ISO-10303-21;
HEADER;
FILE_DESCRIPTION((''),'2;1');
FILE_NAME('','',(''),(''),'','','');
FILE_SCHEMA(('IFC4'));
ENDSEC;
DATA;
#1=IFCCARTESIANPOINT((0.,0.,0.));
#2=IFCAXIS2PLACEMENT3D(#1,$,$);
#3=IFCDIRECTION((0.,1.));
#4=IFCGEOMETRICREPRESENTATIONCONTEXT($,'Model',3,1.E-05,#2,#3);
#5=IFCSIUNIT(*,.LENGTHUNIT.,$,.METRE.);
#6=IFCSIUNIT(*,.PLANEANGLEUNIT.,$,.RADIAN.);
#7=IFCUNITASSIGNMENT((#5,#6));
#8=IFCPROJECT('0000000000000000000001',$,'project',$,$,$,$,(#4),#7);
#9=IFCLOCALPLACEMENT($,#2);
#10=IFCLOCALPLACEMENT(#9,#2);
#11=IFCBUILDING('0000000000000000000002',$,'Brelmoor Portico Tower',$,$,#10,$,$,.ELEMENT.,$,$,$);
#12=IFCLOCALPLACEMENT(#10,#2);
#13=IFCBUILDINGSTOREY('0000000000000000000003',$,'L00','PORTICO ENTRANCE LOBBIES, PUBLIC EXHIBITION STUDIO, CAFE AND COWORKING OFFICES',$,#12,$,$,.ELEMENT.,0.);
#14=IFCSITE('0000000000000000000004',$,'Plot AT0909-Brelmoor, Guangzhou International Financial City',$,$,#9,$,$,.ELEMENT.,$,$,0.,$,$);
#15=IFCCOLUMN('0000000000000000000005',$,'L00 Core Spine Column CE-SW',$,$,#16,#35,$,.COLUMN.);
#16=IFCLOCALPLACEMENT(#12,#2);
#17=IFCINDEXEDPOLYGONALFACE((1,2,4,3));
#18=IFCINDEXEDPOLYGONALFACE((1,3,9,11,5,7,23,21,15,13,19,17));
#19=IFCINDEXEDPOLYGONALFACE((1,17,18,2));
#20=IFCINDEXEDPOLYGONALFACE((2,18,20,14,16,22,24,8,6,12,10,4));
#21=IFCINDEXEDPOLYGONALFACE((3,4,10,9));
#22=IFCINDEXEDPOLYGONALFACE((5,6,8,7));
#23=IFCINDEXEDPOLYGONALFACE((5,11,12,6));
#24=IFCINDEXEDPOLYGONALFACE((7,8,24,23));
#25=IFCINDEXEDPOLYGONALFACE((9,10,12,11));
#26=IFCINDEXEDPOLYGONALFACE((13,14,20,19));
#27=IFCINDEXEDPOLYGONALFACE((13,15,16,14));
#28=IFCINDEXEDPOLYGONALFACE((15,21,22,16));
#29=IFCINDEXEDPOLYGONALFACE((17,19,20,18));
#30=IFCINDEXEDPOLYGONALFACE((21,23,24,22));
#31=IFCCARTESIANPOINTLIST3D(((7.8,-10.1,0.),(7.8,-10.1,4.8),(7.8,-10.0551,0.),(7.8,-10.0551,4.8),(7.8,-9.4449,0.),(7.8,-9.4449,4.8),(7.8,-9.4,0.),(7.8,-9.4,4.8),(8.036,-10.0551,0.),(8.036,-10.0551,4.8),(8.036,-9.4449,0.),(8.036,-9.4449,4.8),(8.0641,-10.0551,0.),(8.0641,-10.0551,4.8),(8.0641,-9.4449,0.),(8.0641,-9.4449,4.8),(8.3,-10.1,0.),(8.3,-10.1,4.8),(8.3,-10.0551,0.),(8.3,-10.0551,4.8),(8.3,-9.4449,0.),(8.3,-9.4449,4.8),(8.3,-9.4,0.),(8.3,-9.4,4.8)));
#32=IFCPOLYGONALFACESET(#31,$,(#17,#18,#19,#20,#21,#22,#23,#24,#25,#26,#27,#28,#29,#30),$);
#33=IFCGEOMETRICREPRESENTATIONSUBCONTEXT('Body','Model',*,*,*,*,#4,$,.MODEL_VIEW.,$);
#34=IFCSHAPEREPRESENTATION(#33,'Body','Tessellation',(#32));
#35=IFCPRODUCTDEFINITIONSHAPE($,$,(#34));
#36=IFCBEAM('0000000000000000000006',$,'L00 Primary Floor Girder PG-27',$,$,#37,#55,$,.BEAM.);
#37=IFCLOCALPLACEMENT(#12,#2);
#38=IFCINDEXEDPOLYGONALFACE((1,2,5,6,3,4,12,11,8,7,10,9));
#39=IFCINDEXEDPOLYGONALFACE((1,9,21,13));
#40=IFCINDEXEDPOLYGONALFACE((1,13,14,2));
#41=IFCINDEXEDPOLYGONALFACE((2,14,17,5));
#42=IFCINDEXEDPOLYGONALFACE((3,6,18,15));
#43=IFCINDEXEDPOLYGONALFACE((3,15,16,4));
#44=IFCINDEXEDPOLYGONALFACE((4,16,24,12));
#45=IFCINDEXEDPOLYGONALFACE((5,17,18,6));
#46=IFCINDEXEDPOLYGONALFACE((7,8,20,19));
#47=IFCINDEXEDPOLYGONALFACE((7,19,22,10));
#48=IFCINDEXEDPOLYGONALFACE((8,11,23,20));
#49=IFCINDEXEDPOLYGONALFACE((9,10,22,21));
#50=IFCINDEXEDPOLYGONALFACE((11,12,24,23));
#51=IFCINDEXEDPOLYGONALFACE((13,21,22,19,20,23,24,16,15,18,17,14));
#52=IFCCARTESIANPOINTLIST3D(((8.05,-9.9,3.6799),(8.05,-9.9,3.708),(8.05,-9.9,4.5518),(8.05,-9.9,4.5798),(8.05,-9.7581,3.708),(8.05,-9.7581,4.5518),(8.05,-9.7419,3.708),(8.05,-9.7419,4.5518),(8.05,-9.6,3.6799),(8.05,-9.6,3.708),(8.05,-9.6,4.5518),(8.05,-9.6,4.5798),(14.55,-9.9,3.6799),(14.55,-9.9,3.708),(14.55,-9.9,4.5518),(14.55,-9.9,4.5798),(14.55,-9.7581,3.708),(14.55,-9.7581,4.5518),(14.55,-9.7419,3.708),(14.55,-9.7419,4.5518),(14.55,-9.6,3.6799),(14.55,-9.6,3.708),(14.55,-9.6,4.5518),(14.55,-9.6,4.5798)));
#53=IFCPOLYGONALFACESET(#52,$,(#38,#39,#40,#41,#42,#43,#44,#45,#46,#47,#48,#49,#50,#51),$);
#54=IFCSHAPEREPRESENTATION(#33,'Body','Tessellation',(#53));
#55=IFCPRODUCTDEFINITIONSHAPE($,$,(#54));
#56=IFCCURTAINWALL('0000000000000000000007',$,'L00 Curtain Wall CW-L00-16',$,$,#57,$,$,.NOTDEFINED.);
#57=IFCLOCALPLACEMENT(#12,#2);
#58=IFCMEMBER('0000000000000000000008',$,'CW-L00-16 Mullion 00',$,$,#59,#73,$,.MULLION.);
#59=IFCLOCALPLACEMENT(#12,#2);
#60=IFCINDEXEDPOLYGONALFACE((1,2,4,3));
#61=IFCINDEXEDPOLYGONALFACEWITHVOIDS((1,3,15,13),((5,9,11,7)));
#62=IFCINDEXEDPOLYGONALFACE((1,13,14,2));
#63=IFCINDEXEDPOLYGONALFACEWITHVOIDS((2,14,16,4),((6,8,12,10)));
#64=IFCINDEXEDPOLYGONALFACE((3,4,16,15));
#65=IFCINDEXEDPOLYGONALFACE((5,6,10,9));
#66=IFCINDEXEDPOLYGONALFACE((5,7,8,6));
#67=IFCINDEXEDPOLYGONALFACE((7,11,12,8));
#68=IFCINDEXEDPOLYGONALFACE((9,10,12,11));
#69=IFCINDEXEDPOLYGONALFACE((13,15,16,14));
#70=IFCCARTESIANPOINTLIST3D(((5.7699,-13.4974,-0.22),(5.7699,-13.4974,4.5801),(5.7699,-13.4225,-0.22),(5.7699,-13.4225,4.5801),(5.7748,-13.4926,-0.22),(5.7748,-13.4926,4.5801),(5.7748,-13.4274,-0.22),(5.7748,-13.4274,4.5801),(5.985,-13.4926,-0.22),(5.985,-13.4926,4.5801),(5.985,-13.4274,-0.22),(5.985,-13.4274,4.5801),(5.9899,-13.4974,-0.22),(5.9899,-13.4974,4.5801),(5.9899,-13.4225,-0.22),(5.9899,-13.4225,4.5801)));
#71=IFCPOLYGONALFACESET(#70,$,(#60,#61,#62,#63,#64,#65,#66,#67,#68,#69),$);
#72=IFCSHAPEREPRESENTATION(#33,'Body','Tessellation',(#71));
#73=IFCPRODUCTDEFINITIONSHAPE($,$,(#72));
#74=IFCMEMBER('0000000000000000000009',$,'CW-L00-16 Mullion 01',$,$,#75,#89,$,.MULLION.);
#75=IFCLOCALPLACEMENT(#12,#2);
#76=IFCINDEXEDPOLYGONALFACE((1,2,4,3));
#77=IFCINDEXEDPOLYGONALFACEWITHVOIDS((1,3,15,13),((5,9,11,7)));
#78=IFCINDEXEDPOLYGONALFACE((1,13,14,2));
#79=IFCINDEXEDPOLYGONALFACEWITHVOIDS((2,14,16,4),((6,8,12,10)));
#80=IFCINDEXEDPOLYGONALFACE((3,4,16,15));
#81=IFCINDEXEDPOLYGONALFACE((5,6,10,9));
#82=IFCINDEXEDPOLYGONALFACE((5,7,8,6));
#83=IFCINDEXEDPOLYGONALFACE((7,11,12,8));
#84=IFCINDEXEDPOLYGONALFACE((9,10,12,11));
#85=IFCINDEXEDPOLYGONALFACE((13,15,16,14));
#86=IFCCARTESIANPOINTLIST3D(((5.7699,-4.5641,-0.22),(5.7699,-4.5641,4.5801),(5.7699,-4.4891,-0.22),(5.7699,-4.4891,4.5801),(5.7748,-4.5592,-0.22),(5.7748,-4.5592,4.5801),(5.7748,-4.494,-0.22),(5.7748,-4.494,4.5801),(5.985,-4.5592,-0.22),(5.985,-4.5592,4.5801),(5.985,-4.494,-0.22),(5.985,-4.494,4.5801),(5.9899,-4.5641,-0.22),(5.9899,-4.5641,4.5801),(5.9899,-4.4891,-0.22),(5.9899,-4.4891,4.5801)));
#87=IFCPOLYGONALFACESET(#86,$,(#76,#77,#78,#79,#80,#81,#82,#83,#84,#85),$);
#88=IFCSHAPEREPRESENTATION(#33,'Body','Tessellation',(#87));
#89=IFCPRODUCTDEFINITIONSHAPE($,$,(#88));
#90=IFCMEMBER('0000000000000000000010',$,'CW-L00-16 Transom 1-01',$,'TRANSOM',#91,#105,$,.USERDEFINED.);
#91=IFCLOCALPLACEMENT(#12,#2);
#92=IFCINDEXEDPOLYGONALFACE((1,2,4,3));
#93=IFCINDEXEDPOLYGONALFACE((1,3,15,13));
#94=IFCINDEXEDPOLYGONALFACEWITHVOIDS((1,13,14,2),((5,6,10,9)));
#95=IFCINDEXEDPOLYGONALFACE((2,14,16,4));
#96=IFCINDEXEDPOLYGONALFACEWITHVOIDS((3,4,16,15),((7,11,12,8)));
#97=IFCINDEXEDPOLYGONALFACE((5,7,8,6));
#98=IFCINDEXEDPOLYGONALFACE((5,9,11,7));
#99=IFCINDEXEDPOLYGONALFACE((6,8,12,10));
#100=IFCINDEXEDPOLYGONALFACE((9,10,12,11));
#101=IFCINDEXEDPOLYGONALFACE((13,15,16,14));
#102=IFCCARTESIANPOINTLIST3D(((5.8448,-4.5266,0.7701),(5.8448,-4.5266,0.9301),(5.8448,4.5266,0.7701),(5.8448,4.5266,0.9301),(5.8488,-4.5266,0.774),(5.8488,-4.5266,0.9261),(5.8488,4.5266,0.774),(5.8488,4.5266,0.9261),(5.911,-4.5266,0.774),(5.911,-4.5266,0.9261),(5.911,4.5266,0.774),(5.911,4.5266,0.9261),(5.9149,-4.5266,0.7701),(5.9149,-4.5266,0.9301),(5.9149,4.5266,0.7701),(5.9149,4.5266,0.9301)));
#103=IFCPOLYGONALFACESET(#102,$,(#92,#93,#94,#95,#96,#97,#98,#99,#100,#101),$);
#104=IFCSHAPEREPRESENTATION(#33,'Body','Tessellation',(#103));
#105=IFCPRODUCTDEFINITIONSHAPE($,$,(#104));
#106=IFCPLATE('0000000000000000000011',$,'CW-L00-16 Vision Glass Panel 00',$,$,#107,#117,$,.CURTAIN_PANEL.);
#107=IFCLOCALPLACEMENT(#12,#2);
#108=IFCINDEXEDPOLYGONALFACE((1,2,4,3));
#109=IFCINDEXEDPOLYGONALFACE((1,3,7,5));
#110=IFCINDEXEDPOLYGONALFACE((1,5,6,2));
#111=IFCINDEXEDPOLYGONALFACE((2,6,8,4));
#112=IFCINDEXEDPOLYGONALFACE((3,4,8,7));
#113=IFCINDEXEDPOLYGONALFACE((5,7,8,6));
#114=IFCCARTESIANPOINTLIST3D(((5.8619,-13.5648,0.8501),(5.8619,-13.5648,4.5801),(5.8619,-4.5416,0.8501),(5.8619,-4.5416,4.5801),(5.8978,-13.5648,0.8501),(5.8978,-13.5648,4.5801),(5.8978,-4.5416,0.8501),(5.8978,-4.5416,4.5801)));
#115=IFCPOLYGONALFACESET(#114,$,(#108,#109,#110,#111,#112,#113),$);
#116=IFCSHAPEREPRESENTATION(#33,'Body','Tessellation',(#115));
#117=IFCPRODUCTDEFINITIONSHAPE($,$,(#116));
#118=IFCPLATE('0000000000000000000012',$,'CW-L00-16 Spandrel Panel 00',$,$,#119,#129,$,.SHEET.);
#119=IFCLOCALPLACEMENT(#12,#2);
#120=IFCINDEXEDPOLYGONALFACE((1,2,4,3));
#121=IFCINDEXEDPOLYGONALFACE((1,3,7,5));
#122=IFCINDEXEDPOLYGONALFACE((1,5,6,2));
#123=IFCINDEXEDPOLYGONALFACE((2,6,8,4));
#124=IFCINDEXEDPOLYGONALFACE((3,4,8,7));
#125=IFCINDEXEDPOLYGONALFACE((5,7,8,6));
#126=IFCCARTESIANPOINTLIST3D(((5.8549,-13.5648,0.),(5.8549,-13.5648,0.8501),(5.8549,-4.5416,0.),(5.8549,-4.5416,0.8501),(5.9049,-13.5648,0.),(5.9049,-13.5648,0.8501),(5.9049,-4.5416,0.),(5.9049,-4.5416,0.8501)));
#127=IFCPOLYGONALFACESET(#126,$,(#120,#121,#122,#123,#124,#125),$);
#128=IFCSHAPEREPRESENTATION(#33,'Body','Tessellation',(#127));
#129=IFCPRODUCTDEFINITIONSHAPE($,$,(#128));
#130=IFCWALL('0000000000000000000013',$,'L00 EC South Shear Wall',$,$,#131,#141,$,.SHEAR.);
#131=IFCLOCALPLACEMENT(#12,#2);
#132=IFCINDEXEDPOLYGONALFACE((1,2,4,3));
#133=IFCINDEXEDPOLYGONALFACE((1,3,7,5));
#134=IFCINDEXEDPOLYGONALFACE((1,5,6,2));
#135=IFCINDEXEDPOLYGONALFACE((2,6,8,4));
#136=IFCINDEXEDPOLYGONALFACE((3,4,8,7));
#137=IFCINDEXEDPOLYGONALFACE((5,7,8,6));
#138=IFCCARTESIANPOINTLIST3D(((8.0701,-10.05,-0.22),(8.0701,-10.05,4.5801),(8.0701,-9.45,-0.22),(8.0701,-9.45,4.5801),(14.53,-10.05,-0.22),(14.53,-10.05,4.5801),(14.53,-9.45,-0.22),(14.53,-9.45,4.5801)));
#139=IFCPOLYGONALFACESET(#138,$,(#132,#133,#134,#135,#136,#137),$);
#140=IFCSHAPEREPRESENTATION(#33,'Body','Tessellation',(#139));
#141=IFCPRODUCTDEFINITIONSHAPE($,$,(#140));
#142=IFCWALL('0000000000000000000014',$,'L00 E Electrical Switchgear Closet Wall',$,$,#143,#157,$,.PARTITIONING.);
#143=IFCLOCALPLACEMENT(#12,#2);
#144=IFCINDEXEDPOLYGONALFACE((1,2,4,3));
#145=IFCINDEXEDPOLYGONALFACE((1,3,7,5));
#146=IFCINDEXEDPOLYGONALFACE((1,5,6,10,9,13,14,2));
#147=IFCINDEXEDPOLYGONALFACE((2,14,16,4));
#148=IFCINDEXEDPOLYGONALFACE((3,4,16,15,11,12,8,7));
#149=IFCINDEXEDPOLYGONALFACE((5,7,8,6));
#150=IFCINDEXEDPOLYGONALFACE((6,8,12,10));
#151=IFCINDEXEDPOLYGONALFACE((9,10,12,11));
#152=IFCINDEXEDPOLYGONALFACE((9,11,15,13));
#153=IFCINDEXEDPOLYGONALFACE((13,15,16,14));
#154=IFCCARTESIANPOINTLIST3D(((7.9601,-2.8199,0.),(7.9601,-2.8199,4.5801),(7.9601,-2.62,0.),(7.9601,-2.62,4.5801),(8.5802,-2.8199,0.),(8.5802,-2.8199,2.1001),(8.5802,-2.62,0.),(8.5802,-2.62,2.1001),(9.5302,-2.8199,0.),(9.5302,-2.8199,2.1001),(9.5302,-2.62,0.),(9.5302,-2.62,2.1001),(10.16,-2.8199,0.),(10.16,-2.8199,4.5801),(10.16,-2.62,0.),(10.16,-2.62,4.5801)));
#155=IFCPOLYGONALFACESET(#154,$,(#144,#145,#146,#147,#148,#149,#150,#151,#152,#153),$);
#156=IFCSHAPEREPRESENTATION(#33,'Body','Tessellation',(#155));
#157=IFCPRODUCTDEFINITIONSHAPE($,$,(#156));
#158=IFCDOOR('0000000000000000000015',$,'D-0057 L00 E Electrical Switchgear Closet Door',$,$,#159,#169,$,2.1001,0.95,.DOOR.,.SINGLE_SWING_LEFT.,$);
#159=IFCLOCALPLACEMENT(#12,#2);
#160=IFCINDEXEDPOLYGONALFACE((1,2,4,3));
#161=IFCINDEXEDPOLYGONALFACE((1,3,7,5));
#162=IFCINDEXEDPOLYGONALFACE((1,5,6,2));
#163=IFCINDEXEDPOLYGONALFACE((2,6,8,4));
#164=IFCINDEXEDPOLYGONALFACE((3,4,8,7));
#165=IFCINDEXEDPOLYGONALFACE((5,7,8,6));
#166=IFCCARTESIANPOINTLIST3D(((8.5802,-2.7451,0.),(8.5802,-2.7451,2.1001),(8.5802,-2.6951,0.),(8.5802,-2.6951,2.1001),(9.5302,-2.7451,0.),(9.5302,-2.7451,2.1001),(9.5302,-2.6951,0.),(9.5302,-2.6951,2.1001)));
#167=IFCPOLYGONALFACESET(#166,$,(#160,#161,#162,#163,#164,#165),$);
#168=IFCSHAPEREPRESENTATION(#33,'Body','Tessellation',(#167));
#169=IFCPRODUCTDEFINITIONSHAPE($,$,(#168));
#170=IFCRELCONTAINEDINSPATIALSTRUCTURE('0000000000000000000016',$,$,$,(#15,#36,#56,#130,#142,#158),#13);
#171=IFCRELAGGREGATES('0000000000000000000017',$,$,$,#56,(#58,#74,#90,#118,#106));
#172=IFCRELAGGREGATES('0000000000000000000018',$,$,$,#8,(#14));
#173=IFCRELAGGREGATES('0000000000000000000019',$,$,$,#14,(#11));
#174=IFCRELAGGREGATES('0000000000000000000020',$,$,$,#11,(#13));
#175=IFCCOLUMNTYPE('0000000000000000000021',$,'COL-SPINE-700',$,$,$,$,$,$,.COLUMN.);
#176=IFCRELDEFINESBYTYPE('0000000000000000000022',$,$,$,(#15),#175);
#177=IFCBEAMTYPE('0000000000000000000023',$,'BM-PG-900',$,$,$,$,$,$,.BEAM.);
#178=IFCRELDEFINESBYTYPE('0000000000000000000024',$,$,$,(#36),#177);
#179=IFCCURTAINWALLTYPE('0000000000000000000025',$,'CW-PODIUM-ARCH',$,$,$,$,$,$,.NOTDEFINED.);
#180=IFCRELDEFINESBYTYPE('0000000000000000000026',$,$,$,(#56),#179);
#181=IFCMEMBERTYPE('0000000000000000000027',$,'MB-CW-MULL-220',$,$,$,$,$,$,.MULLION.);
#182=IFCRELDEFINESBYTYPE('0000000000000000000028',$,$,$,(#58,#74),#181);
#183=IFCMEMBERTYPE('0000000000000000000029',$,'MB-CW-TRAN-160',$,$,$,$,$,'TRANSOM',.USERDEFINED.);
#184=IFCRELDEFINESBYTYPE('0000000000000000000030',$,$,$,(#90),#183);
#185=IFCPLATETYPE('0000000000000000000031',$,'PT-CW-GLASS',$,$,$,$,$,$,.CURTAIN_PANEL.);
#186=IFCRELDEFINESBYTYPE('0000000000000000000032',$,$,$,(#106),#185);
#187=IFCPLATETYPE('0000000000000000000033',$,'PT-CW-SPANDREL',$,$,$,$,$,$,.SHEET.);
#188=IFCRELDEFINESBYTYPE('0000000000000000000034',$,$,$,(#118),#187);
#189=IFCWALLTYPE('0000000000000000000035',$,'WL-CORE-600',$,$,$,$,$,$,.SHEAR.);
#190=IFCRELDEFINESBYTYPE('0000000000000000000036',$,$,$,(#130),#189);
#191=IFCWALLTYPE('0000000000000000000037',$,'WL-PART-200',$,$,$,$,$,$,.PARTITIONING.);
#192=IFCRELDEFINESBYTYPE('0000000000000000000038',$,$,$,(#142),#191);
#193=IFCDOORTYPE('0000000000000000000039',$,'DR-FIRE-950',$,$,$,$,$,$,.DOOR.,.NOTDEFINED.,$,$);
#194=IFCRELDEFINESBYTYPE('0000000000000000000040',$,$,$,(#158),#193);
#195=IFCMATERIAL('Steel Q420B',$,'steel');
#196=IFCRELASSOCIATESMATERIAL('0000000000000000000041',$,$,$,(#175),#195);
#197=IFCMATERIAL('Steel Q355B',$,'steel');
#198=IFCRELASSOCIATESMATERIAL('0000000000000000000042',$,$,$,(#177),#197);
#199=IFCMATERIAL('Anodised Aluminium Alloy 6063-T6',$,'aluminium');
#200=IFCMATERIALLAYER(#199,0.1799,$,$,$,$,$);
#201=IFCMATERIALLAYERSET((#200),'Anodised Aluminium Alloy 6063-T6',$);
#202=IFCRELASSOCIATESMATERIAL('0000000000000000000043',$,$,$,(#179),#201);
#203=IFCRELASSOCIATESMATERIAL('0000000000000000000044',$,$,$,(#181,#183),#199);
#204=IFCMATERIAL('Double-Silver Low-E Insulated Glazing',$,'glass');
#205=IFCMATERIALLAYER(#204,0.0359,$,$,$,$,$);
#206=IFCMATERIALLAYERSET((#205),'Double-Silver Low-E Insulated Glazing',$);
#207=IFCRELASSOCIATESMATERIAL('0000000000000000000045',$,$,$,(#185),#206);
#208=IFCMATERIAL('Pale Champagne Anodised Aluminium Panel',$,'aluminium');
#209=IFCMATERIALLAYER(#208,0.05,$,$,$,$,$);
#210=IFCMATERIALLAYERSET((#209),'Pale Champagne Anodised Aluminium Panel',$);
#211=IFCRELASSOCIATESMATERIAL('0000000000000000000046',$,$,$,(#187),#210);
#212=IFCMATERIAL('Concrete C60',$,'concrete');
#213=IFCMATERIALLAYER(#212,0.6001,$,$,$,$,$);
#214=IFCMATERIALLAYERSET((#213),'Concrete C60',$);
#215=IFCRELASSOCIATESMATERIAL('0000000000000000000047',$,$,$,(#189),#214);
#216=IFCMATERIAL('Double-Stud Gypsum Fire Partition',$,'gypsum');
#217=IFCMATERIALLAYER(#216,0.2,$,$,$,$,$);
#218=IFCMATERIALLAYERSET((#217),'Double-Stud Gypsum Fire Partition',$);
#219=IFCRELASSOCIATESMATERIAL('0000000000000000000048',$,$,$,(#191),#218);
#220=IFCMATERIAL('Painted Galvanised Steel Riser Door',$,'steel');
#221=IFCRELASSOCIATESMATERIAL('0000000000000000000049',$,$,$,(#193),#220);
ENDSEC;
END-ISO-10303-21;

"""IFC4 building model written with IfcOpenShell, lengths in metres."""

from ifc_helpers import new_model, si_unit, direction, frame, frame_2d, origin, origin_2d, place, context, subcontext, project, spatial, rectangle, hollow_rectangle, i_section, extrude, material, layer, layer_set, material_profile, profile_set, type_object, element, fill, aggregate, save


model = new_model("IFC4")

# Units and contexts
model_context = context("Model", 3, precision=1e-05, world=origin(), true_north=direction((0.0, 1.0)))
body_context = subcontext(model_context, "Body", "Model", "MODEL_VIEW")
ifc_project = project(units=[si_unit("LENGTHUNIT", "METRE"), si_unit("PLANEANGLEUNIT", "RADIAN")], contexts=[model_context])

# Site, building, storey
site_placement = place(None, origin())
site = spatial("IfcSite", under=ifc_project, at=site_placement, Name="Plot AT0909-Brelmoor, Guangzhou International Financial City", CompositionType="ELEMENT", RefElevation=0.0)
building_placement = place(site_placement, origin())
building = spatial("IfcBuilding", under=site, at=building_placement, Name="Brelmoor Portico Tower", CompositionType="ELEMENT")
storey_placement = place(building_placement, origin())
storey = spatial("IfcBuildingStorey", under=building, at=storey_placement, Name="L00", Description="PORTICO ENTRANCE LOBBIES, PUBLIC EXHIBITION STUDIO, CAFE AND COWORKING OFFICES", CompositionType="ELEMENT", Elevation=0.0)

# Column
ifc_material_1 = material(Name="Steel Q420B", Category="steel")
ifc_material_profile_1 = material_profile(ifc_material_1, i_section(OverallWidth=0.5, OverallDepth=0.7, WebThickness=0.0281, FlangeThickness=0.0449, at=origin_2d()), Name="HW 700x500x28x45")
ifc_profile_set_1 = profile_set([ifc_material_profile_1], Name="Steel Q420B")
column_type = type_object("IfcColumnType", Name="COL-SPINE-700", PredefinedType="COLUMN", material=ifc_profile_set_1)
column_placement = place(storey_placement, frame((8.05, -9.75, 0.0), z_axis=(0.0, 0.0, 1.0), x_axis=(1.0, 0.0, 0.0)))
element("IfcColumn", 1, at=column_placement, inside=storey, type_object=column_type, Name="L00 Core Spine Column CE-SW", PredefinedType="COLUMN", context=body_context, shape_type="SweptSolid", body=[
    extrude(i_section(OverallWidth=0.5, OverallDepth=0.7, WebThickness=0.0281, FlangeThickness=0.0449, at=origin_2d()), origin(), (0.0, 0.0, 1.0), 4.8),
])

# Beam
ifc_material_2 = material(Name="Steel Q355B", Category="steel")
ifc_material_profile_2 = material_profile(ifc_material_2, i_section(OverallWidth=0.3, OverallDepth=0.8999, WebThickness=0.0161, FlangeThickness=0.0281, at=origin_2d()), Name="HN 900x300x16x28")
ifc_profile_set_2 = profile_set([ifc_material_profile_2], Name="Steel Q355B")
beam_type = type_object("IfcBeamType", Name="BM-PG-900", PredefinedType="BEAM", material=ifc_profile_set_2)
beam_placement = place(storey_placement, frame((8.05, -9.75, 4.1299), z_axis=(1.0, 0.0, 0.0), x_axis=(0.0, 1.0, 0.0)))
element("IfcBeam", 2, at=beam_placement, inside=storey, type_object=beam_type, Name="L00 Primary Floor Girder PG-27", PredefinedType="BEAM", context=body_context, shape_type="SweptSolid", body=[
    extrude(i_section(OverallWidth=0.3, OverallDepth=0.8999, WebThickness=0.0161, FlangeThickness=0.0281, at=origin_2d()), origin(), (0.0, 0.0, 1.0), 6.5),
])

# Curtain wall, members, plates
ifc_material_3 = material(Name="Anodised Aluminium Alloy 6063-T6", Category="aluminium")
ifc_layer_1 = layer(ifc_material_3, 0.1799)
ifc_layer_set_1 = layer_set([ifc_layer_1], Name="Anodised Aluminium Alloy 6063-T6")
curtain_wall_type = type_object("IfcCurtainWallType", Name="CW-PODIUM-ARCH", PredefinedType="NOTDEFINED", material=ifc_layer_set_1)
curtain_wall_placement = place(storey_placement, origin())
curtain_wall = element("IfcCurtainWall", 3, at=curtain_wall_placement, inside=storey, type_object=curtain_wall_type, Name="L00 Curtain Wall CW-L00-16", PredefinedType="NOTDEFINED")
ifc_material_profile_3 = material_profile(ifc_material_3, hollow_rectangle(XDim=0.075, YDim=0.22, WallThickness=0.0049, at=origin_2d()), Name="ALU MULLION 75x220")
ifc_profile_set_3 = profile_set([ifc_material_profile_3], Name="Anodised Aluminium Alloy 6063-T6")
member_type_1 = type_object("IfcMemberType", Name="MB-CW-MULL-220", PredefinedType="MULLION", material=ifc_profile_set_3)
member_1_placement = place(storey_placement, frame((5.8799, -13.46, -0.22), z_axis=(0.0, 0.0, 1.0), x_axis=(0.0, 1.0, 0.0)))
member_1 = element("IfcMember", 4, at=member_1_placement, type_object=member_type_1, Name="CW-L00-16 Mullion 00", PredefinedType="MULLION", context=body_context, shape_type="SweptSolid", body=[
    extrude(hollow_rectangle(XDim=0.075, YDim=0.22, WallThickness=0.0049, at=origin_2d()), origin(), (0.0, 0.0, 1.0), 4.8),
])
member_2_placement = place(storey_placement, frame((5.8799, -4.5266, -0.22), z_axis=(0.0, 0.0, 1.0), x_axis=(0.0, 1.0, 0.0)))
member_2 = element("IfcMember", 5, at=member_2_placement, type_object=member_type_1, Name="CW-L00-16 Mullion 01", PredefinedType="MULLION", context=body_context, shape_type="SweptSolid", body=[
    extrude(hollow_rectangle(XDim=0.075, YDim=0.22, WallThickness=0.0049, at=origin_2d()), origin(), (0.0, 0.0, 1.0), 4.8),
])
ifc_material_profile_4 = material_profile(ifc_material_3, hollow_rectangle(XDim=0.0701, YDim=0.1599, WallThickness=0.0039, at=origin_2d()), Name="ALU TRANSOM 70x160")
ifc_profile_set_4 = profile_set([ifc_material_profile_4], Name="Anodised Aluminium Alloy 6063-T6")
member_type_2 = type_object("IfcMemberType", Name="MB-CW-TRAN-160", ElementType="TRANSOM", PredefinedType="USERDEFINED", material=ifc_profile_set_4)
member_3_placement = place(storey_placement, frame((5.8799, -4.5266, 0.8501), z_axis=(0.0, 1.0, 0.0), x_axis=(-1.0, 0.0, 0.0)))
member_3 = element("IfcMember", 6, at=member_3_placement, type_object=member_type_2, Name="CW-L00-16 Transom 1-01", ObjectType="TRANSOM", PredefinedType="USERDEFINED", context=body_context, shape_type="SweptSolid", body=[
    extrude(hollow_rectangle(XDim=0.0701, YDim=0.1599, WallThickness=0.0039, at=origin_2d()), origin(), (0.0, 0.0, 1.0), 9.0532),
])
ifc_material_4 = material(Name="Double-Silver Low-E Insulated Glazing", Category="glass")
ifc_layer_2 = layer(ifc_material_4, 0.0359)
ifc_layer_set_2 = layer_set([ifc_layer_2], Name="Double-Silver Low-E Insulated Glazing")
plate_type_1 = type_object("IfcPlateType", Name="PT-CW-GLASS", PredefinedType="CURTAIN_PANEL", material=ifc_layer_set_2)
plate_1_placement = place(storey_placement, frame((5.8799, -9.0532, 0.8501), z_axis=(0.0, 0.0, 1.0), x_axis=(0.0, 1.0, 0.0)))
plate_1 = element("IfcPlate", 7, at=plate_1_placement, type_object=plate_type_1, Name="CW-L00-16 Vision Glass Panel 00", PredefinedType="CURTAIN_PANEL", context=body_context, shape_type="SweptSolid", body=[
    extrude(rectangle(XDim=9.0232, YDim=0.0359, at=origin_2d()), origin(), (0.0, 0.0, 1.0), 3.73),
])
ifc_material_5 = material(Name="Pale Champagne Anodised Aluminium Panel", Category="aluminium")
ifc_layer_3 = layer(ifc_material_5, 0.05)
ifc_layer_set_3 = layer_set([ifc_layer_3], Name="Pale Champagne Anodised Aluminium Panel")
plate_type_2 = type_object("IfcPlateType", Name="PT-CW-SPANDREL", PredefinedType="SHEET", material=ifc_layer_set_3)
plate_2_placement = place(storey_placement, frame((5.8799, -9.0532, 0.0), z_axis=(0.0, 0.0, 1.0), x_axis=(0.0, 1.0, 0.0)))
plate_2 = element("IfcPlate", 8, at=plate_2_placement, type_object=plate_type_2, Name="CW-L00-16 Spandrel Panel 00", PredefinedType="SHEET", context=body_context, shape_type="SweptSolid", body=[
    extrude(rectangle(XDim=9.0232, YDim=0.05, at=origin_2d()), origin(), (0.0, 0.0, 1.0), 0.8501),
])
aggregate(curtain_wall, [member_1, member_2, member_3, plate_2, plate_1])

# Wall
ifc_material_6 = material(Name="Concrete C60", Category="concrete")
ifc_layer_4 = layer(ifc_material_6, 0.6001)
ifc_layer_set_4 = layer_set([ifc_layer_4], Name="Concrete C60")
wall_type_1 = type_object("IfcWallType", Name="WL-CORE-600", PredefinedType="SHEAR", material=ifc_layer_set_4)
wall_1_placement = place(storey_placement, frame((8.0701, -9.75, -0.22), z_axis=(0.0, 0.0, 1.0), x_axis=(1.0, 0.0, 0.0)))
element("IfcWall", 9, at=wall_1_placement, inside=storey, type_object=wall_type_1, Name="L00 EC South Shear Wall", PredefinedType="SHEAR", context=body_context, shape_type="SweptSolid", body=[
    extrude(rectangle(XDim=6.46, YDim=0.6001, at=frame_2d((3.23, 0.0))), origin(), (0.0, 0.0, 1.0), 4.8),
])

# Wall, opening, door
ifc_material_7 = material(Name="Double-Stud Gypsum Fire Partition", Category="gypsum")
ifc_layer_5 = layer(ifc_material_7, 0.2)
ifc_layer_set_5 = layer_set([ifc_layer_5], Name="Double-Stud Gypsum Fire Partition")
wall_type_2 = type_object("IfcWallType", Name="WL-PART-200", PredefinedType="PARTITIONING", material=ifc_layer_set_5)
wall_2_placement = place(storey_placement, frame((7.96, -2.72, 0.0), z_axis=(0.0, 0.0, 1.0), x_axis=(1.0, 0.0, 0.0)))
wall_2 = element("IfcWall", 10, at=wall_2_placement, inside=storey, type_object=wall_type_2, Name="L00 E Electrical Switchgear Closet Wall", PredefinedType="PARTITIONING", context=body_context, shape_type="SweptSolid", body=[
    extrude(rectangle(XDim=2.2, YDim=0.2, at=frame_2d((1.1001, 0.0))), origin(), (0.0, 0.0, 1.0), 4.5801),
])
opening_1_placement = place(wall_2_placement, frame((0.6201, 0.0, 0.0)))
opening_1 = element("IfcOpeningElement", 11, at=opening_1_placement, cuts=wall_2, PredefinedType="OPENING", context=body_context, shape_type="SweptSolid", body=[
    extrude(rectangle(XDim=0.95, YDim=2.1001, at=frame_2d((0.4751, 1.05))), frame((0.0, 0.1099, 0.0), z_axis=(0.0, -1.0, 0.0), x_axis=(1.0, 0.0, 0.0)), (0.0, 0.0, 1.0), 0.22),
])
ifc_material_8 = material(Name="Painted Galvanised Steel Riser Door", Category="steel")
door_type_1 = type_object("IfcDoorType", Name="DR-FIRE-950", OperationType="NOTDEFINED", PredefinedType="DOOR", material=ifc_material_8)
door_1_placement = place(opening_1_placement, origin())
door_1 = element("IfcDoor", 12, at=door_1_placement, inside=storey, type_object=door_type_1, Name="D-0057 L00 E Electrical Switchgear Closet Door", OperationType="SINGLE_SWING_LEFT", OverallHeight=2.1001, OverallWidth=0.95, PredefinedType="DOOR", context=body_context, shape_type="SweptSolid", body=[
    extrude(rectangle(XDim=0.95, YDim=2.1001, at=frame_2d((0.4751, 1.05))), frame((0.0, 0.0249, 0.0), z_axis=(0.0, -1.0, 0.0), x_axis=(1.0, 0.0, 0.0)), (0.0, 0.0, 1.0), 0.05),
])
fill(opening_1, door_1)

save(model, "model.ifc")
